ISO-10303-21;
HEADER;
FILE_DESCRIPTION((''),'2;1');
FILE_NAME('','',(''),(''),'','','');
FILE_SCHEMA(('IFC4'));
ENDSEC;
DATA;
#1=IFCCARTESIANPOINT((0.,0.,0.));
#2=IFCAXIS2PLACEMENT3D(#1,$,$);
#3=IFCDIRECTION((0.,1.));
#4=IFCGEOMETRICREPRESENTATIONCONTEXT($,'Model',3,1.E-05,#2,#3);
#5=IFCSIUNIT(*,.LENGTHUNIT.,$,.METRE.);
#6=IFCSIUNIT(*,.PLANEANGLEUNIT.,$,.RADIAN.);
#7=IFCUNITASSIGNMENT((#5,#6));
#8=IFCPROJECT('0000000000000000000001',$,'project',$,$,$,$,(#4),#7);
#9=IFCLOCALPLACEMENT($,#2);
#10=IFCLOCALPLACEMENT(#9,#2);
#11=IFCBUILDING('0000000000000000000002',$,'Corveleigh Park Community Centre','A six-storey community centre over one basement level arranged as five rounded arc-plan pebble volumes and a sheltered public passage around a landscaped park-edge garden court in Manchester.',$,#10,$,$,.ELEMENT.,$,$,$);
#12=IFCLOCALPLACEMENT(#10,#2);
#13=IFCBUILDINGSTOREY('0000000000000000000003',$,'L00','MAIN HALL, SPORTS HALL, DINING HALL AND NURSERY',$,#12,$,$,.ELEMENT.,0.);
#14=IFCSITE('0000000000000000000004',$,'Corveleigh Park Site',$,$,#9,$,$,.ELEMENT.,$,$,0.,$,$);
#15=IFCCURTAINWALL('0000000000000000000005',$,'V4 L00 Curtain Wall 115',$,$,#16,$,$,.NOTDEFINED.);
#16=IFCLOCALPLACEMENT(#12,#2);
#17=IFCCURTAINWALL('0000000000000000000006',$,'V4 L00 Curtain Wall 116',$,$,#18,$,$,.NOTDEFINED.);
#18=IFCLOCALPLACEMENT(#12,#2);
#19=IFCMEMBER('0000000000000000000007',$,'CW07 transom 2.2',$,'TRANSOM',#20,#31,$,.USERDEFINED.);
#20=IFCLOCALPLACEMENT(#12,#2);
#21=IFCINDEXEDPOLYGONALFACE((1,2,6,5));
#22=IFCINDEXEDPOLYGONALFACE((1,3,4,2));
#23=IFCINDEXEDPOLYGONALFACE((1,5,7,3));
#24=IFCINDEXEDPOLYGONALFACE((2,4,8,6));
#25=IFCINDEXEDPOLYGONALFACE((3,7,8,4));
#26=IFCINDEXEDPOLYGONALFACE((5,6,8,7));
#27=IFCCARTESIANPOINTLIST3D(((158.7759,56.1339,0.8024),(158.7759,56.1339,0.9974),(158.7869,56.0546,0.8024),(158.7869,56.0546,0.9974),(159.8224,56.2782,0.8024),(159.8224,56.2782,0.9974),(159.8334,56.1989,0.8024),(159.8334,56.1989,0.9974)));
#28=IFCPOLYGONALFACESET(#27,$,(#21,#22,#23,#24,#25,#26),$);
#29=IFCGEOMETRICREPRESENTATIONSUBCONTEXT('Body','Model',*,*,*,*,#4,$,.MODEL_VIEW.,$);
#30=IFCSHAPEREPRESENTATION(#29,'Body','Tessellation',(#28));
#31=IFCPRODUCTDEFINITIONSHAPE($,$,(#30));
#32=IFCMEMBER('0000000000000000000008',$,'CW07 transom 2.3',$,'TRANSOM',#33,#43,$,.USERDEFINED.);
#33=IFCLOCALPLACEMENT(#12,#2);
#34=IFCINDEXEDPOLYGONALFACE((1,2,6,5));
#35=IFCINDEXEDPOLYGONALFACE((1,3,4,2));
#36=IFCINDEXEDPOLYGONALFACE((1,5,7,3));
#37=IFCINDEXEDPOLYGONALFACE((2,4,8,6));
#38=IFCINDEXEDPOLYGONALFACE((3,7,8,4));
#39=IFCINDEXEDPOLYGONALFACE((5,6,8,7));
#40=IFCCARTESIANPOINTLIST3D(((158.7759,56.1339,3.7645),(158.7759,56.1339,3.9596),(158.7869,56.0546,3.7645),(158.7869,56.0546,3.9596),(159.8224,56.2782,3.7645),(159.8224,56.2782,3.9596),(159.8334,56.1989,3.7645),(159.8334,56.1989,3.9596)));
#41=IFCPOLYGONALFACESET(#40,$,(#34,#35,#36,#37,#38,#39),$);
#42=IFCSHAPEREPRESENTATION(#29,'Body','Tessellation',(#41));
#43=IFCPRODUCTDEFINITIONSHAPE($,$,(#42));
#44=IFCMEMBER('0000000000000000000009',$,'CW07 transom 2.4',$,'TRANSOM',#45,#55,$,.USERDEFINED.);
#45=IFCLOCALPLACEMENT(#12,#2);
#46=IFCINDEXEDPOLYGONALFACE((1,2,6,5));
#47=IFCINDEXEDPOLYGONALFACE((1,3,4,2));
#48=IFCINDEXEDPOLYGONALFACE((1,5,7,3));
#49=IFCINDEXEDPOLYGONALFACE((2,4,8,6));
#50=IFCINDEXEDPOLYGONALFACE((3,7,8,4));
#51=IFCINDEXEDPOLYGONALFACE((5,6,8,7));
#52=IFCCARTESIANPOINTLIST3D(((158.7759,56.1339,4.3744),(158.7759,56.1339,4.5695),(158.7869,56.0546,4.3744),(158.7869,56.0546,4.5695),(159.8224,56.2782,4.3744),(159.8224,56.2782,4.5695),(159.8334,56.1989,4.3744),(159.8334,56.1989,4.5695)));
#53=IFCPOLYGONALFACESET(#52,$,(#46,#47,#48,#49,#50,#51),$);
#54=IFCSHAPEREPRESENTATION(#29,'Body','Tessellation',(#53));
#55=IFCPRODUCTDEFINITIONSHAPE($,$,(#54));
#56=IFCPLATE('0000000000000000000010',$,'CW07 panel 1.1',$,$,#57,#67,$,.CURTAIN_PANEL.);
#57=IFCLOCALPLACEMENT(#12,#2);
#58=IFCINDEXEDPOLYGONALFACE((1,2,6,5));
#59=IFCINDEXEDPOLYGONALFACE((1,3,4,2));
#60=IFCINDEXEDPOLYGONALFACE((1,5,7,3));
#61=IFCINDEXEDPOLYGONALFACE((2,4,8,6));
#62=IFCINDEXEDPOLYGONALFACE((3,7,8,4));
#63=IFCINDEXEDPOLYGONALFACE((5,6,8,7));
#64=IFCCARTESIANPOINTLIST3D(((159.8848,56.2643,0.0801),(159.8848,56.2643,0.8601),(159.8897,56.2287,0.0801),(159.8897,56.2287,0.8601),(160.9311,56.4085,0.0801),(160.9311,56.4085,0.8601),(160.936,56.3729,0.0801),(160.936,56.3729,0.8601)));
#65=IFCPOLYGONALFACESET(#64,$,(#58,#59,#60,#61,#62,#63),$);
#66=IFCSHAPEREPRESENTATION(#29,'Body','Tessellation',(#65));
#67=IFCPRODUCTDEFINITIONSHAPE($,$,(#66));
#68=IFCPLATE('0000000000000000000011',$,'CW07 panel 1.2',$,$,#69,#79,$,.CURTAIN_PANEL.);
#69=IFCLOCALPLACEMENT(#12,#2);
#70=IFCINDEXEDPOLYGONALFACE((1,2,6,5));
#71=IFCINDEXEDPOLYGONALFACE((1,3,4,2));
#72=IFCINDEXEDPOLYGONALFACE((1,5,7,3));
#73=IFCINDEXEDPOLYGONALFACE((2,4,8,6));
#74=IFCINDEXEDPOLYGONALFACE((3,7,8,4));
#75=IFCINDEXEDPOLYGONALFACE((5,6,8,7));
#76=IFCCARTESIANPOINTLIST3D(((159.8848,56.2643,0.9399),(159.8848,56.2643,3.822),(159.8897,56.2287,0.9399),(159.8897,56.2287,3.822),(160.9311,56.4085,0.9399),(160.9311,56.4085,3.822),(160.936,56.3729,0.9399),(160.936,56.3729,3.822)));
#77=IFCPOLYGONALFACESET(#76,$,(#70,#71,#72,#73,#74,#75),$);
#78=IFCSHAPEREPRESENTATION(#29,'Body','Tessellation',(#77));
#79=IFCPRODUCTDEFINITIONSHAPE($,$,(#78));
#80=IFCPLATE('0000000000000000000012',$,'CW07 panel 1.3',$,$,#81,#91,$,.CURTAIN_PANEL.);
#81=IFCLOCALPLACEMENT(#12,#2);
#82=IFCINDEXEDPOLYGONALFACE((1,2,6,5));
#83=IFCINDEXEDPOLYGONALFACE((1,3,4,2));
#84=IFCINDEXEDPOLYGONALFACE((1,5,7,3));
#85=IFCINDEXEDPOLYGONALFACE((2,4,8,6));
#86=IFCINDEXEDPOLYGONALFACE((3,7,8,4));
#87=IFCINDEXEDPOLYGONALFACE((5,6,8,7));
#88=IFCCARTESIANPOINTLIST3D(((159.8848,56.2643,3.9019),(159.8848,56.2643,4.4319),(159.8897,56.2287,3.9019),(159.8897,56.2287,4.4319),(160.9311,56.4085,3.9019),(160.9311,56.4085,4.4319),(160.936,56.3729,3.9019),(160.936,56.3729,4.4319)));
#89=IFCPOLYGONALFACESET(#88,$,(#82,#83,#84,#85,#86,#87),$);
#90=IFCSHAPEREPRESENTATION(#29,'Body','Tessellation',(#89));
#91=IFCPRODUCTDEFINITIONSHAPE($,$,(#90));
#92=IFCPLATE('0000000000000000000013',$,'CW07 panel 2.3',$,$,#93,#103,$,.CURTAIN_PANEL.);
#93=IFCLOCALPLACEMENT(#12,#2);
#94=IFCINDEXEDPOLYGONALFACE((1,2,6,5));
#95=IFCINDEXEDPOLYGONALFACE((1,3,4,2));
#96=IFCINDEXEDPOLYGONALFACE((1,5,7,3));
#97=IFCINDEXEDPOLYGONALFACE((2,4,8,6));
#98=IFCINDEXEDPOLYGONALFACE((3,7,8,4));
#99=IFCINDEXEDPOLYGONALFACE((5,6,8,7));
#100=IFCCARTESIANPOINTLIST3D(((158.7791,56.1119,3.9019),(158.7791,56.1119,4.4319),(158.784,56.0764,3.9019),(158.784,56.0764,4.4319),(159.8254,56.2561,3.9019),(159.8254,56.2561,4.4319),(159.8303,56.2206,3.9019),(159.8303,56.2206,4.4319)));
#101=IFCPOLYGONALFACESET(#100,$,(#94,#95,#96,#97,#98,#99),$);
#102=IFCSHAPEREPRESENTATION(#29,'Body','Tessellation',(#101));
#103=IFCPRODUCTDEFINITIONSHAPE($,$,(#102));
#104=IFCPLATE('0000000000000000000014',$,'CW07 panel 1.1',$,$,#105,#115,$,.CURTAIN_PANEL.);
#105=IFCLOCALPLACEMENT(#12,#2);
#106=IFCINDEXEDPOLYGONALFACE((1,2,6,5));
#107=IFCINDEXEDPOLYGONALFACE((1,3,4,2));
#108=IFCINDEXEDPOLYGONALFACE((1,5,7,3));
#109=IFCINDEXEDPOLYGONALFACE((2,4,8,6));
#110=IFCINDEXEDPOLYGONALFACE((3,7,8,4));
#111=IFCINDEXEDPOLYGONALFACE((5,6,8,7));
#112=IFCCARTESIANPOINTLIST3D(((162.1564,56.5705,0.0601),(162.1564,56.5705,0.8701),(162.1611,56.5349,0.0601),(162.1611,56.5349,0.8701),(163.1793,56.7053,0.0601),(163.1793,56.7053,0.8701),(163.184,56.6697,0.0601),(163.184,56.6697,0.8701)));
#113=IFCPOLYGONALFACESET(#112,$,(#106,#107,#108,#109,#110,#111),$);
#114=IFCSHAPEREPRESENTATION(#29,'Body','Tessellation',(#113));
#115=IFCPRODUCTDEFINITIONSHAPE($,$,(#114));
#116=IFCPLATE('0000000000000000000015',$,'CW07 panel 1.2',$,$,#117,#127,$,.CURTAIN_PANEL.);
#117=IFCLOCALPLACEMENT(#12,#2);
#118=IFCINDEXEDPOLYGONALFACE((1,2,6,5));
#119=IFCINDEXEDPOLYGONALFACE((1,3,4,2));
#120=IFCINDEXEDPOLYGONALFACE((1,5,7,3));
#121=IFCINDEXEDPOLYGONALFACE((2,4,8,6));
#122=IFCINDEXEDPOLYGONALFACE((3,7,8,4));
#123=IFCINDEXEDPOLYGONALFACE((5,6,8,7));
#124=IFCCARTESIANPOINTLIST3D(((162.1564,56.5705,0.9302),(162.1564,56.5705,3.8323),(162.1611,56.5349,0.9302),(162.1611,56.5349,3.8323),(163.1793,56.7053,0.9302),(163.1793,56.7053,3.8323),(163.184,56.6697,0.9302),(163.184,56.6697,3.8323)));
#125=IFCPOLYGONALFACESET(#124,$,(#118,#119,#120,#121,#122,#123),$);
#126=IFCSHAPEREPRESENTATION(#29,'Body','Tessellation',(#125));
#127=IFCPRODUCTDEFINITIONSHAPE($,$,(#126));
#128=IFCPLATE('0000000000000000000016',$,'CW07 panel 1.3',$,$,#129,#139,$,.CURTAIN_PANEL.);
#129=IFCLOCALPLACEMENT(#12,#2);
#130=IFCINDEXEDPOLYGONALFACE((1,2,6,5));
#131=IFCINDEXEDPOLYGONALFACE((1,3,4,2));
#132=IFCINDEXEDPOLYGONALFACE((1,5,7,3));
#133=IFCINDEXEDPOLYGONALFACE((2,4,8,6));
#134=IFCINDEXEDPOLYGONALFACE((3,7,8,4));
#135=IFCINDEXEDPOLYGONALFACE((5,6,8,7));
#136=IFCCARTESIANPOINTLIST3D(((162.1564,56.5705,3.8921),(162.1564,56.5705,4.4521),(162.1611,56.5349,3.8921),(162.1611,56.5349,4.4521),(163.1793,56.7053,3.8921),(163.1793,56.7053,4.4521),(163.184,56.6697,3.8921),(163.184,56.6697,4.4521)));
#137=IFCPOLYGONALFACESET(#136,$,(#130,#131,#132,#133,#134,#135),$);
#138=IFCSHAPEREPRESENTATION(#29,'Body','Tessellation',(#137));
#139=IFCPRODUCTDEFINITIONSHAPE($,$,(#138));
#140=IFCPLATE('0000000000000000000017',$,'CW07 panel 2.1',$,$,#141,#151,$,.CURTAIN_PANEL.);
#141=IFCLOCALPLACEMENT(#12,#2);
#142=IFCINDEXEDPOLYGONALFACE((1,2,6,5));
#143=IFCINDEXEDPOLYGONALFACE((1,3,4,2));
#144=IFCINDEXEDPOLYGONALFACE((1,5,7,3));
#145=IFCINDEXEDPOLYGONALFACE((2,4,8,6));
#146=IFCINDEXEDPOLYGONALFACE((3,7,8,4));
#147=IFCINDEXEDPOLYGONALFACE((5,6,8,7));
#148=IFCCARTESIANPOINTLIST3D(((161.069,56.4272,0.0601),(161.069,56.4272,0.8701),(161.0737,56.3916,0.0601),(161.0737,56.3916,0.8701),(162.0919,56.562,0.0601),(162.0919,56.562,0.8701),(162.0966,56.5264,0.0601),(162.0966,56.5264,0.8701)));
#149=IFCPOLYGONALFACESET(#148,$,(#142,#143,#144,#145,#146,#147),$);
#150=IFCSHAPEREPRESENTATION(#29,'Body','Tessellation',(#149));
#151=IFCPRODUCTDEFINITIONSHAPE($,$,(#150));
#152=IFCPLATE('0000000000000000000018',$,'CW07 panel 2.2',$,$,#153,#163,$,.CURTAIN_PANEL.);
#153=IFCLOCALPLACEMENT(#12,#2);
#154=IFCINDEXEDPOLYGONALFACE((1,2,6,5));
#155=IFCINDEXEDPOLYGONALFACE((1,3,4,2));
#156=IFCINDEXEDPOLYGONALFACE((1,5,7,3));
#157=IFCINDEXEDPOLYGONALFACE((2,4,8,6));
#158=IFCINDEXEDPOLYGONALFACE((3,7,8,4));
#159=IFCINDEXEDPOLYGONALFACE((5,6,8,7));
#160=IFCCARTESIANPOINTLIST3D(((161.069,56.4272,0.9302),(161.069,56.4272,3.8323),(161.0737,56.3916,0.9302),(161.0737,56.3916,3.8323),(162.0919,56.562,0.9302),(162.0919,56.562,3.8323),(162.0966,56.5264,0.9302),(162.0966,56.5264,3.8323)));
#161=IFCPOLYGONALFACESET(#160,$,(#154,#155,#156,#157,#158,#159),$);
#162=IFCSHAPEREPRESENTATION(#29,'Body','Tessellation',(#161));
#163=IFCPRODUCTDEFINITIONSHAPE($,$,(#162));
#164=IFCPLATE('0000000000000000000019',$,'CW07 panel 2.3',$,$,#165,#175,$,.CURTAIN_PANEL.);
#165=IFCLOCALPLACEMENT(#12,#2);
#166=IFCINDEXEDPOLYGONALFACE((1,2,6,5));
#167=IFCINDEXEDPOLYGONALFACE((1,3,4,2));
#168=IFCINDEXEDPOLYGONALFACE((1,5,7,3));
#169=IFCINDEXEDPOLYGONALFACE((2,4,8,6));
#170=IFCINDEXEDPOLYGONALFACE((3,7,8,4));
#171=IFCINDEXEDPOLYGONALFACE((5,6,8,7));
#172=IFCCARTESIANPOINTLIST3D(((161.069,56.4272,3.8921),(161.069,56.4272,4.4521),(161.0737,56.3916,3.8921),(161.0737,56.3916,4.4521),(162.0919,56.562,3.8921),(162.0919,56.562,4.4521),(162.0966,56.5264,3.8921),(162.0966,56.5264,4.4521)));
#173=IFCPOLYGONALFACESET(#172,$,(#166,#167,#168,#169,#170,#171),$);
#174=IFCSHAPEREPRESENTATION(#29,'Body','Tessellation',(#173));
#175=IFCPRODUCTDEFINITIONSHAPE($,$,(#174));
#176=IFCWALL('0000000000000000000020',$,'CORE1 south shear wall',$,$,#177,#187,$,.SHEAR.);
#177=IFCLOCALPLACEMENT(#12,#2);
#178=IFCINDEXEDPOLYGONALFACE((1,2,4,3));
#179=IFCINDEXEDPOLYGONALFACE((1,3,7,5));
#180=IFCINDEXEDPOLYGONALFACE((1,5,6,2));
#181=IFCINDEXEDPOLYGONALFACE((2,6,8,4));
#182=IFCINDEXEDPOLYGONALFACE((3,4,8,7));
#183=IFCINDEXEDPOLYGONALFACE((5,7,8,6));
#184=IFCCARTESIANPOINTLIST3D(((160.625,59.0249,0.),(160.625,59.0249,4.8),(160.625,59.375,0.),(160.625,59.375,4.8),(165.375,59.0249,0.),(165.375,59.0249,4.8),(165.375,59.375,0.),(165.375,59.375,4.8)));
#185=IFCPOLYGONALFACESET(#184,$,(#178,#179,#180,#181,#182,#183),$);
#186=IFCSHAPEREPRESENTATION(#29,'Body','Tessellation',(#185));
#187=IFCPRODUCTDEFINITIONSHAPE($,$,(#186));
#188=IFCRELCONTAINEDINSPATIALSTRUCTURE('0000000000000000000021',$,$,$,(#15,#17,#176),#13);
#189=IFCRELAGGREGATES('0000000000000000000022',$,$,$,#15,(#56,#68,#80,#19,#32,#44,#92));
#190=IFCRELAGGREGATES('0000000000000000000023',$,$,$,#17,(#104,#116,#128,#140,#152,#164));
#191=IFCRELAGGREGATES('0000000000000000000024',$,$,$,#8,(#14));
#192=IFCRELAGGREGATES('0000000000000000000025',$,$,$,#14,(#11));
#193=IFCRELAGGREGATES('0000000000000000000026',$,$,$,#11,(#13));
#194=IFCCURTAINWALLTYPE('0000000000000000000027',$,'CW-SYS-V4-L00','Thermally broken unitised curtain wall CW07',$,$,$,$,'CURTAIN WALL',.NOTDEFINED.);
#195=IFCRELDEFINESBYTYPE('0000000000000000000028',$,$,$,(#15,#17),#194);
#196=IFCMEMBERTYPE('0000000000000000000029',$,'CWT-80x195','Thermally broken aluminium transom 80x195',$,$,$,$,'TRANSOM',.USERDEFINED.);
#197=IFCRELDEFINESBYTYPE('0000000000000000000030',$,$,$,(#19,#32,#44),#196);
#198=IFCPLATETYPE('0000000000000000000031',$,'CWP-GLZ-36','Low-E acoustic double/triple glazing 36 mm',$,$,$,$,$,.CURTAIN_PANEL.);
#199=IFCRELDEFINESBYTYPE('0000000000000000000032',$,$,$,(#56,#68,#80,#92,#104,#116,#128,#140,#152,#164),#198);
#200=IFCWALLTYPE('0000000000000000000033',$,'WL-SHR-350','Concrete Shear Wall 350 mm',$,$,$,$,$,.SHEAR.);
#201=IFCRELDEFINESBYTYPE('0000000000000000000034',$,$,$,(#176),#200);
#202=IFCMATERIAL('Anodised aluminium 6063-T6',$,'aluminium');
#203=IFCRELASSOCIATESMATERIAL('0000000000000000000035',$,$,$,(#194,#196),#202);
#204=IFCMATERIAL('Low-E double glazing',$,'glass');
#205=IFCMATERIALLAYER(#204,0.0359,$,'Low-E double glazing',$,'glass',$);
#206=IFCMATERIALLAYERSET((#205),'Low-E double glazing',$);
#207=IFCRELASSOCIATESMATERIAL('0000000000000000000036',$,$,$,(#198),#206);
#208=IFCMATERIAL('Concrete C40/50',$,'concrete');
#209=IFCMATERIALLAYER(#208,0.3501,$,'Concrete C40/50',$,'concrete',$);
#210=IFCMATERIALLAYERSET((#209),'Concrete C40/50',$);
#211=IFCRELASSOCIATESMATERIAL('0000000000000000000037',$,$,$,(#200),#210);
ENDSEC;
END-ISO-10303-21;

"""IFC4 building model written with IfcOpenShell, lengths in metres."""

from ifc_helpers import new_model, si_unit, direction, frame, frame_2d, origin, origin_2d, place, context, subcontext, project, spatial, rectangle, extrude, material, layer, layer_set, material_profile, profile_set, type_object, element, aggregate, save


model = new_model("IFC4")

# Units and contexts
model_context = context("Model", 3, precision=1e-05, world=origin(), true_north=direction((0.0, 1.0)))
body_context = subcontext(model_context, "Body", "Model", "MODEL_VIEW")
ifc_project = project(units=[si_unit("LENGTHUNIT", "METRE"), si_unit("PLANEANGLEUNIT", "RADIAN")], contexts=[model_context])

# Site, building, storey
site_placement = place(None, origin())
site = spatial("IfcSite", under=ifc_project, at=site_placement, Name="Corveleigh Park Site", CompositionType="ELEMENT", RefElevation=0.0)
building_placement = place(site_placement, origin())
building = spatial("IfcBuilding", under=site, at=building_placement, Name="Corveleigh Park Community Centre", Description="A six-storey community centre over one basement level arranged as five rounded arc-plan pebble volumes and a sheltered public passage around a landscaped park-edge garden court in Manchester.", CompositionType="ELEMENT")
storey_placement = place(building_placement, origin())
storey = spatial("IfcBuildingStorey", under=building, at=storey_placement, Name="L00", Description="MAIN HALL, SPORTS HALL, DINING HALL AND NURSERY", CompositionType="ELEMENT", Elevation=0.0)

# Curtain walls
ifc_material_1 = material(Name="Anodised aluminium 6063-T6", Category="aluminium")
curtain_wall_type = type_object("IfcCurtainWallType", Name="CW-SYS-V4-L00", Description="Thermally broken unitised curtain wall CW07", ElementType="CURTAIN WALL", PredefinedType="NOTDEFINED", material=ifc_material_1)
curtain_wall_1_placement = place(storey_placement, origin())
curtain_wall_1 = element("IfcCurtainWall", 1, at=curtain_wall_1_placement, inside=storey, type_object=curtain_wall_type, Name="V4 L00 Curtain Wall 115", PredefinedType="NOTDEFINED")
curtain_wall_2_placement = place(storey_placement, origin())
curtain_wall_2 = element("IfcCurtainWall", 2, at=curtain_wall_2_placement, inside=storey, type_object=curtain_wall_type, Name="V4 L00 Curtain Wall 116", PredefinedType="NOTDEFINED")

# Members
ifc_material_profile_1 = material_profile(ifc_material_1, rectangle(XDim=0.0801, YDim=0.1951, at=origin_2d()), Name="ALU-T80x195", Category="aluminium")
ifc_profile_set_1 = profile_set([ifc_material_profile_1], Name="Anodised aluminium 6063-T6")
member_type_1 = type_object("IfcMemberType", Name="CWT-80x195", Description="Thermally broken aluminium transom 80x195", ElementType="TRANSOM", PredefinedType="USERDEFINED", material=ifc_profile_set_1)
member_1_placement = place(storey_placement, frame((159.8279, 56.2385, 0.8999), z_axis=(-0.990627, -0.136598, 0.0), x_axis=(0.136598, -0.990627, 0.0)))
member_1 = element("IfcMember", 3, at=member_1_placement, type_object=member_type_1, Name="CW07 transom 2.2", ObjectType="TRANSOM", PredefinedType="USERDEFINED", context=body_context, shape_type="SweptSolid", body=[
    extrude(rectangle(XDim=0.0801, YDim=0.1951, at=origin_2d()), origin(), (0.0, 0.0, 1.0), 1.0564),
])
member_2_placement = place(storey_placement, frame((159.8279, 56.2385, 3.8621), z_axis=(-0.990627, -0.136598, 0.0), x_axis=(0.136598, -0.990627, 0.0)))
member_2 = element("IfcMember", 4, at=member_2_placement, type_object=member_type_1, Name="CW07 transom 2.3", ObjectType="TRANSOM", PredefinedType="USERDEFINED", context=body_context, shape_type="SweptSolid", body=[
    extrude(rectangle(XDim=0.0801, YDim=0.1951, at=origin_2d()), origin(), (0.0, 0.0, 1.0), 1.0564),
])
member_3_placement = place(storey_placement, frame((159.8279, 56.2385, 4.4719), z_axis=(-0.990627, -0.136598, 0.0), x_axis=(0.136598, -0.990627, 0.0)))
member_3 = element("IfcMember", 5, at=member_3_placement, type_object=member_type_1, Name="CW07 transom 2.4", ObjectType="TRANSOM", PredefinedType="USERDEFINED", context=body_context, shape_type="SweptSolid", body=[
    extrude(rectangle(XDim=0.0801, YDim=0.1951, at=origin_2d()), origin(), (0.0, 0.0, 1.0), 1.0564),
])

# Plates
ifc_material_2 = material(Name="Low-E double glazing", Category="glass")
ifc_layer_1 = layer(ifc_material_2, 0.0359, Name="Low-E double glazing", Category="glass")
ifc_layer_set_1 = layer_set([ifc_layer_1], Name="Low-E double glazing")
plate_type = type_object("IfcPlateType", Name="CWP-GLZ-36", Description="Low-E acoustic double/triple glazing 36 mm", PredefinedType="CURTAIN_PANEL", material=ifc_layer_set_1)
plate_1_placement = place(storey_placement, frame((160.4104, 56.3186, 0.0801), z_axis=(0.0, 0.0, 1.0), x_axis=(-0.990635, -0.136534, 0.0)))
plate_1 = element("IfcPlate", 6, at=plate_1_placement, type_object=plate_type, Name="CW07 panel 1.1", PredefinedType="CURTAIN_PANEL", context=body_context, shape_type="SweptSolid", body=[
    extrude(rectangle(XDim=1.0562, YDim=0.0359, at=origin_2d()), origin(), (0.0, 0.0, 1.0), 0.78),
])
plate_2_placement = place(storey_placement, frame((160.4104, 56.3186, 0.9399), z_axis=(0.0, 0.0, 1.0), x_axis=(-0.990635, -0.136534, 0.0)))
plate_2 = element("IfcPlate", 7, at=plate_2_placement, type_object=plate_type, Name="CW07 panel 1.2", PredefinedType="CURTAIN_PANEL", context=body_context, shape_type="SweptSolid", body=[
    extrude(rectangle(XDim=1.0562, YDim=0.0359, at=origin_2d()), origin(), (0.0, 0.0, 1.0), 2.8821),
])
plate_3_placement = place(storey_placement, frame((160.4104, 56.3186, 3.9019), z_axis=(0.0, 0.0, 1.0), x_axis=(-0.990635, -0.136534, 0.0)))
plate_3 = element("IfcPlate", 8, at=plate_3_placement, type_object=plate_type, Name="CW07 panel 1.3", PredefinedType="CURTAIN_PANEL", context=body_context, shape_type="SweptSolid", body=[
    extrude(rectangle(XDim=1.0562, YDim=0.0359, at=origin_2d()), origin(), (0.0, 0.0, 1.0), 0.53),
])
plate_4_placement = place(storey_placement, frame((159.3047, 56.1663, 3.9019), z_axis=(0.0, 0.0, 1.0), x_axis=(-0.990635, -0.136534, 0.0)))
plate_4 = element("IfcPlate", 9, at=plate_4_placement, type_object=plate_type, Name="CW07 panel 2.3", PredefinedType="CURTAIN_PANEL", context=body_context, shape_type="SweptSolid", body=[
    extrude(rectangle(XDim=1.0562, YDim=0.0359, at=origin_2d()), origin(), (0.0, 0.0, 1.0), 0.53),
])
aggregate(curtain_wall_1, [plate_1, plate_2, plate_3, member_1, member_2, member_3, plate_4])
plate_5_placement = place(storey_placement, frame((162.6702, 56.6201, 0.0601), z_axis=(0.0, 0.0, 1.0), x_axis=(-0.991432, -0.130626, 0.0)))
plate_5 = element("IfcPlate", 10, at=plate_5_placement, type_object=plate_type, Name="CW07 panel 1.1", PredefinedType="CURTAIN_PANEL", context=body_context, shape_type="SweptSolid", body=[
    extrude(rectangle(XDim=1.0317, YDim=0.0359, at=origin_2d()), origin(), (0.0, 0.0, 1.0), 0.8101),
])
plate_6_placement = place(storey_placement, frame((162.6702, 56.6201, 0.9302), z_axis=(0.0, 0.0, 1.0), x_axis=(-0.991432, -0.130626, 0.0)))
plate_6 = element("IfcPlate", 11, at=plate_6_placement, type_object=plate_type, Name="CW07 panel 1.2", PredefinedType="CURTAIN_PANEL", context=body_context, shape_type="SweptSolid", body=[
    extrude(rectangle(XDim=1.0317, YDim=0.0359, at=origin_2d()), origin(), (0.0, 0.0, 1.0), 2.9021),
])
plate_7_placement = place(storey_placement, frame((162.6702, 56.6201, 3.8921), z_axis=(0.0, 0.0, 1.0), x_axis=(-0.991432, -0.130626, 0.0)))
plate_7 = element("IfcPlate", 12, at=plate_7_placement, type_object=plate_type, Name="CW07 panel 1.3", PredefinedType="CURTAIN_PANEL", context=body_context, shape_type="SweptSolid", body=[
    extrude(rectangle(XDim=1.0317, YDim=0.0359, at=origin_2d()), origin(), (0.0, 0.0, 1.0), 0.5601),
])
plate_8_placement = place(storey_placement, frame((161.5828, 56.4768, 0.0601), z_axis=(0.0, 0.0, 1.0), x_axis=(-0.991432, -0.130626, 0.0)))
plate_8 = element("IfcPlate", 13, at=plate_8_placement, type_object=plate_type, Name="CW07 panel 2.1", PredefinedType="CURTAIN_PANEL", context=body_context, shape_type="SweptSolid", body=[
    extrude(rectangle(XDim=1.0317, YDim=0.0359, at=origin_2d()), origin(), (0.0, 0.0, 1.0), 0.8101),
])
plate_9_placement = place(storey_placement, frame((161.5828, 56.4768, 0.9302), z_axis=(0.0, 0.0, 1.0), x_axis=(-0.991432, -0.130626, 0.0)))
plate_9 = element("IfcPlate", 14, at=plate_9_placement, type_object=plate_type, Name="CW07 panel 2.2", PredefinedType="CURTAIN_PANEL", context=body_context, shape_type="SweptSolid", body=[
    extrude(rectangle(XDim=1.0317, YDim=0.0359, at=origin_2d()), origin(), (0.0, 0.0, 1.0), 2.9021),
])
plate_10_placement = place(storey_placement, frame((161.5828, 56.4768, 3.8921), z_axis=(0.0, 0.0, 1.0), x_axis=(-0.991432, -0.130626, 0.0)))
plate_10 = element("IfcPlate", 15, at=plate_10_placement, type_object=plate_type, Name="CW07 panel 2.3", PredefinedType="CURTAIN_PANEL", context=body_context, shape_type="SweptSolid", body=[
    extrude(rectangle(XDim=1.0317, YDim=0.0359, at=origin_2d()), origin(), (0.0, 0.0, 1.0), 0.5601),
])
aggregate(curtain_wall_2, [plate_5, plate_6, plate_7, plate_8, plate_9, plate_10])

# Wall
ifc_material_3 = material(Name="Concrete C40/50", Category="concrete")
ifc_layer_2 = layer(ifc_material_3, 0.3501, Name="Concrete C40/50", Category="concrete")
ifc_layer_set_2 = layer_set([ifc_layer_2], Name="Concrete C40/50")
wall_type = type_object("IfcWallType", Name="WL-SHR-350", Description="Concrete Shear Wall 350 mm", PredefinedType="SHEAR", material=ifc_layer_set_2)
wall_placement = place(storey_placement, frame((160.625, 59.2, 0.0), z_axis=(0.0, 0.0, 1.0), x_axis=(1.0, 0.0, 0.0)))
element("IfcWall", 16, at=wall_placement, inside=storey, type_object=wall_type, Name="CORE1 south shear wall", PredefinedType="SHEAR", context=body_context, shape_type="SweptSolid", body=[
    extrude(rectangle(XDim=4.75, YDim=0.3501, at=frame_2d((2.375, 0.0))), origin(), (0.0, 0.0, 1.0), 4.8),
])

save(model, "model.ifc")
